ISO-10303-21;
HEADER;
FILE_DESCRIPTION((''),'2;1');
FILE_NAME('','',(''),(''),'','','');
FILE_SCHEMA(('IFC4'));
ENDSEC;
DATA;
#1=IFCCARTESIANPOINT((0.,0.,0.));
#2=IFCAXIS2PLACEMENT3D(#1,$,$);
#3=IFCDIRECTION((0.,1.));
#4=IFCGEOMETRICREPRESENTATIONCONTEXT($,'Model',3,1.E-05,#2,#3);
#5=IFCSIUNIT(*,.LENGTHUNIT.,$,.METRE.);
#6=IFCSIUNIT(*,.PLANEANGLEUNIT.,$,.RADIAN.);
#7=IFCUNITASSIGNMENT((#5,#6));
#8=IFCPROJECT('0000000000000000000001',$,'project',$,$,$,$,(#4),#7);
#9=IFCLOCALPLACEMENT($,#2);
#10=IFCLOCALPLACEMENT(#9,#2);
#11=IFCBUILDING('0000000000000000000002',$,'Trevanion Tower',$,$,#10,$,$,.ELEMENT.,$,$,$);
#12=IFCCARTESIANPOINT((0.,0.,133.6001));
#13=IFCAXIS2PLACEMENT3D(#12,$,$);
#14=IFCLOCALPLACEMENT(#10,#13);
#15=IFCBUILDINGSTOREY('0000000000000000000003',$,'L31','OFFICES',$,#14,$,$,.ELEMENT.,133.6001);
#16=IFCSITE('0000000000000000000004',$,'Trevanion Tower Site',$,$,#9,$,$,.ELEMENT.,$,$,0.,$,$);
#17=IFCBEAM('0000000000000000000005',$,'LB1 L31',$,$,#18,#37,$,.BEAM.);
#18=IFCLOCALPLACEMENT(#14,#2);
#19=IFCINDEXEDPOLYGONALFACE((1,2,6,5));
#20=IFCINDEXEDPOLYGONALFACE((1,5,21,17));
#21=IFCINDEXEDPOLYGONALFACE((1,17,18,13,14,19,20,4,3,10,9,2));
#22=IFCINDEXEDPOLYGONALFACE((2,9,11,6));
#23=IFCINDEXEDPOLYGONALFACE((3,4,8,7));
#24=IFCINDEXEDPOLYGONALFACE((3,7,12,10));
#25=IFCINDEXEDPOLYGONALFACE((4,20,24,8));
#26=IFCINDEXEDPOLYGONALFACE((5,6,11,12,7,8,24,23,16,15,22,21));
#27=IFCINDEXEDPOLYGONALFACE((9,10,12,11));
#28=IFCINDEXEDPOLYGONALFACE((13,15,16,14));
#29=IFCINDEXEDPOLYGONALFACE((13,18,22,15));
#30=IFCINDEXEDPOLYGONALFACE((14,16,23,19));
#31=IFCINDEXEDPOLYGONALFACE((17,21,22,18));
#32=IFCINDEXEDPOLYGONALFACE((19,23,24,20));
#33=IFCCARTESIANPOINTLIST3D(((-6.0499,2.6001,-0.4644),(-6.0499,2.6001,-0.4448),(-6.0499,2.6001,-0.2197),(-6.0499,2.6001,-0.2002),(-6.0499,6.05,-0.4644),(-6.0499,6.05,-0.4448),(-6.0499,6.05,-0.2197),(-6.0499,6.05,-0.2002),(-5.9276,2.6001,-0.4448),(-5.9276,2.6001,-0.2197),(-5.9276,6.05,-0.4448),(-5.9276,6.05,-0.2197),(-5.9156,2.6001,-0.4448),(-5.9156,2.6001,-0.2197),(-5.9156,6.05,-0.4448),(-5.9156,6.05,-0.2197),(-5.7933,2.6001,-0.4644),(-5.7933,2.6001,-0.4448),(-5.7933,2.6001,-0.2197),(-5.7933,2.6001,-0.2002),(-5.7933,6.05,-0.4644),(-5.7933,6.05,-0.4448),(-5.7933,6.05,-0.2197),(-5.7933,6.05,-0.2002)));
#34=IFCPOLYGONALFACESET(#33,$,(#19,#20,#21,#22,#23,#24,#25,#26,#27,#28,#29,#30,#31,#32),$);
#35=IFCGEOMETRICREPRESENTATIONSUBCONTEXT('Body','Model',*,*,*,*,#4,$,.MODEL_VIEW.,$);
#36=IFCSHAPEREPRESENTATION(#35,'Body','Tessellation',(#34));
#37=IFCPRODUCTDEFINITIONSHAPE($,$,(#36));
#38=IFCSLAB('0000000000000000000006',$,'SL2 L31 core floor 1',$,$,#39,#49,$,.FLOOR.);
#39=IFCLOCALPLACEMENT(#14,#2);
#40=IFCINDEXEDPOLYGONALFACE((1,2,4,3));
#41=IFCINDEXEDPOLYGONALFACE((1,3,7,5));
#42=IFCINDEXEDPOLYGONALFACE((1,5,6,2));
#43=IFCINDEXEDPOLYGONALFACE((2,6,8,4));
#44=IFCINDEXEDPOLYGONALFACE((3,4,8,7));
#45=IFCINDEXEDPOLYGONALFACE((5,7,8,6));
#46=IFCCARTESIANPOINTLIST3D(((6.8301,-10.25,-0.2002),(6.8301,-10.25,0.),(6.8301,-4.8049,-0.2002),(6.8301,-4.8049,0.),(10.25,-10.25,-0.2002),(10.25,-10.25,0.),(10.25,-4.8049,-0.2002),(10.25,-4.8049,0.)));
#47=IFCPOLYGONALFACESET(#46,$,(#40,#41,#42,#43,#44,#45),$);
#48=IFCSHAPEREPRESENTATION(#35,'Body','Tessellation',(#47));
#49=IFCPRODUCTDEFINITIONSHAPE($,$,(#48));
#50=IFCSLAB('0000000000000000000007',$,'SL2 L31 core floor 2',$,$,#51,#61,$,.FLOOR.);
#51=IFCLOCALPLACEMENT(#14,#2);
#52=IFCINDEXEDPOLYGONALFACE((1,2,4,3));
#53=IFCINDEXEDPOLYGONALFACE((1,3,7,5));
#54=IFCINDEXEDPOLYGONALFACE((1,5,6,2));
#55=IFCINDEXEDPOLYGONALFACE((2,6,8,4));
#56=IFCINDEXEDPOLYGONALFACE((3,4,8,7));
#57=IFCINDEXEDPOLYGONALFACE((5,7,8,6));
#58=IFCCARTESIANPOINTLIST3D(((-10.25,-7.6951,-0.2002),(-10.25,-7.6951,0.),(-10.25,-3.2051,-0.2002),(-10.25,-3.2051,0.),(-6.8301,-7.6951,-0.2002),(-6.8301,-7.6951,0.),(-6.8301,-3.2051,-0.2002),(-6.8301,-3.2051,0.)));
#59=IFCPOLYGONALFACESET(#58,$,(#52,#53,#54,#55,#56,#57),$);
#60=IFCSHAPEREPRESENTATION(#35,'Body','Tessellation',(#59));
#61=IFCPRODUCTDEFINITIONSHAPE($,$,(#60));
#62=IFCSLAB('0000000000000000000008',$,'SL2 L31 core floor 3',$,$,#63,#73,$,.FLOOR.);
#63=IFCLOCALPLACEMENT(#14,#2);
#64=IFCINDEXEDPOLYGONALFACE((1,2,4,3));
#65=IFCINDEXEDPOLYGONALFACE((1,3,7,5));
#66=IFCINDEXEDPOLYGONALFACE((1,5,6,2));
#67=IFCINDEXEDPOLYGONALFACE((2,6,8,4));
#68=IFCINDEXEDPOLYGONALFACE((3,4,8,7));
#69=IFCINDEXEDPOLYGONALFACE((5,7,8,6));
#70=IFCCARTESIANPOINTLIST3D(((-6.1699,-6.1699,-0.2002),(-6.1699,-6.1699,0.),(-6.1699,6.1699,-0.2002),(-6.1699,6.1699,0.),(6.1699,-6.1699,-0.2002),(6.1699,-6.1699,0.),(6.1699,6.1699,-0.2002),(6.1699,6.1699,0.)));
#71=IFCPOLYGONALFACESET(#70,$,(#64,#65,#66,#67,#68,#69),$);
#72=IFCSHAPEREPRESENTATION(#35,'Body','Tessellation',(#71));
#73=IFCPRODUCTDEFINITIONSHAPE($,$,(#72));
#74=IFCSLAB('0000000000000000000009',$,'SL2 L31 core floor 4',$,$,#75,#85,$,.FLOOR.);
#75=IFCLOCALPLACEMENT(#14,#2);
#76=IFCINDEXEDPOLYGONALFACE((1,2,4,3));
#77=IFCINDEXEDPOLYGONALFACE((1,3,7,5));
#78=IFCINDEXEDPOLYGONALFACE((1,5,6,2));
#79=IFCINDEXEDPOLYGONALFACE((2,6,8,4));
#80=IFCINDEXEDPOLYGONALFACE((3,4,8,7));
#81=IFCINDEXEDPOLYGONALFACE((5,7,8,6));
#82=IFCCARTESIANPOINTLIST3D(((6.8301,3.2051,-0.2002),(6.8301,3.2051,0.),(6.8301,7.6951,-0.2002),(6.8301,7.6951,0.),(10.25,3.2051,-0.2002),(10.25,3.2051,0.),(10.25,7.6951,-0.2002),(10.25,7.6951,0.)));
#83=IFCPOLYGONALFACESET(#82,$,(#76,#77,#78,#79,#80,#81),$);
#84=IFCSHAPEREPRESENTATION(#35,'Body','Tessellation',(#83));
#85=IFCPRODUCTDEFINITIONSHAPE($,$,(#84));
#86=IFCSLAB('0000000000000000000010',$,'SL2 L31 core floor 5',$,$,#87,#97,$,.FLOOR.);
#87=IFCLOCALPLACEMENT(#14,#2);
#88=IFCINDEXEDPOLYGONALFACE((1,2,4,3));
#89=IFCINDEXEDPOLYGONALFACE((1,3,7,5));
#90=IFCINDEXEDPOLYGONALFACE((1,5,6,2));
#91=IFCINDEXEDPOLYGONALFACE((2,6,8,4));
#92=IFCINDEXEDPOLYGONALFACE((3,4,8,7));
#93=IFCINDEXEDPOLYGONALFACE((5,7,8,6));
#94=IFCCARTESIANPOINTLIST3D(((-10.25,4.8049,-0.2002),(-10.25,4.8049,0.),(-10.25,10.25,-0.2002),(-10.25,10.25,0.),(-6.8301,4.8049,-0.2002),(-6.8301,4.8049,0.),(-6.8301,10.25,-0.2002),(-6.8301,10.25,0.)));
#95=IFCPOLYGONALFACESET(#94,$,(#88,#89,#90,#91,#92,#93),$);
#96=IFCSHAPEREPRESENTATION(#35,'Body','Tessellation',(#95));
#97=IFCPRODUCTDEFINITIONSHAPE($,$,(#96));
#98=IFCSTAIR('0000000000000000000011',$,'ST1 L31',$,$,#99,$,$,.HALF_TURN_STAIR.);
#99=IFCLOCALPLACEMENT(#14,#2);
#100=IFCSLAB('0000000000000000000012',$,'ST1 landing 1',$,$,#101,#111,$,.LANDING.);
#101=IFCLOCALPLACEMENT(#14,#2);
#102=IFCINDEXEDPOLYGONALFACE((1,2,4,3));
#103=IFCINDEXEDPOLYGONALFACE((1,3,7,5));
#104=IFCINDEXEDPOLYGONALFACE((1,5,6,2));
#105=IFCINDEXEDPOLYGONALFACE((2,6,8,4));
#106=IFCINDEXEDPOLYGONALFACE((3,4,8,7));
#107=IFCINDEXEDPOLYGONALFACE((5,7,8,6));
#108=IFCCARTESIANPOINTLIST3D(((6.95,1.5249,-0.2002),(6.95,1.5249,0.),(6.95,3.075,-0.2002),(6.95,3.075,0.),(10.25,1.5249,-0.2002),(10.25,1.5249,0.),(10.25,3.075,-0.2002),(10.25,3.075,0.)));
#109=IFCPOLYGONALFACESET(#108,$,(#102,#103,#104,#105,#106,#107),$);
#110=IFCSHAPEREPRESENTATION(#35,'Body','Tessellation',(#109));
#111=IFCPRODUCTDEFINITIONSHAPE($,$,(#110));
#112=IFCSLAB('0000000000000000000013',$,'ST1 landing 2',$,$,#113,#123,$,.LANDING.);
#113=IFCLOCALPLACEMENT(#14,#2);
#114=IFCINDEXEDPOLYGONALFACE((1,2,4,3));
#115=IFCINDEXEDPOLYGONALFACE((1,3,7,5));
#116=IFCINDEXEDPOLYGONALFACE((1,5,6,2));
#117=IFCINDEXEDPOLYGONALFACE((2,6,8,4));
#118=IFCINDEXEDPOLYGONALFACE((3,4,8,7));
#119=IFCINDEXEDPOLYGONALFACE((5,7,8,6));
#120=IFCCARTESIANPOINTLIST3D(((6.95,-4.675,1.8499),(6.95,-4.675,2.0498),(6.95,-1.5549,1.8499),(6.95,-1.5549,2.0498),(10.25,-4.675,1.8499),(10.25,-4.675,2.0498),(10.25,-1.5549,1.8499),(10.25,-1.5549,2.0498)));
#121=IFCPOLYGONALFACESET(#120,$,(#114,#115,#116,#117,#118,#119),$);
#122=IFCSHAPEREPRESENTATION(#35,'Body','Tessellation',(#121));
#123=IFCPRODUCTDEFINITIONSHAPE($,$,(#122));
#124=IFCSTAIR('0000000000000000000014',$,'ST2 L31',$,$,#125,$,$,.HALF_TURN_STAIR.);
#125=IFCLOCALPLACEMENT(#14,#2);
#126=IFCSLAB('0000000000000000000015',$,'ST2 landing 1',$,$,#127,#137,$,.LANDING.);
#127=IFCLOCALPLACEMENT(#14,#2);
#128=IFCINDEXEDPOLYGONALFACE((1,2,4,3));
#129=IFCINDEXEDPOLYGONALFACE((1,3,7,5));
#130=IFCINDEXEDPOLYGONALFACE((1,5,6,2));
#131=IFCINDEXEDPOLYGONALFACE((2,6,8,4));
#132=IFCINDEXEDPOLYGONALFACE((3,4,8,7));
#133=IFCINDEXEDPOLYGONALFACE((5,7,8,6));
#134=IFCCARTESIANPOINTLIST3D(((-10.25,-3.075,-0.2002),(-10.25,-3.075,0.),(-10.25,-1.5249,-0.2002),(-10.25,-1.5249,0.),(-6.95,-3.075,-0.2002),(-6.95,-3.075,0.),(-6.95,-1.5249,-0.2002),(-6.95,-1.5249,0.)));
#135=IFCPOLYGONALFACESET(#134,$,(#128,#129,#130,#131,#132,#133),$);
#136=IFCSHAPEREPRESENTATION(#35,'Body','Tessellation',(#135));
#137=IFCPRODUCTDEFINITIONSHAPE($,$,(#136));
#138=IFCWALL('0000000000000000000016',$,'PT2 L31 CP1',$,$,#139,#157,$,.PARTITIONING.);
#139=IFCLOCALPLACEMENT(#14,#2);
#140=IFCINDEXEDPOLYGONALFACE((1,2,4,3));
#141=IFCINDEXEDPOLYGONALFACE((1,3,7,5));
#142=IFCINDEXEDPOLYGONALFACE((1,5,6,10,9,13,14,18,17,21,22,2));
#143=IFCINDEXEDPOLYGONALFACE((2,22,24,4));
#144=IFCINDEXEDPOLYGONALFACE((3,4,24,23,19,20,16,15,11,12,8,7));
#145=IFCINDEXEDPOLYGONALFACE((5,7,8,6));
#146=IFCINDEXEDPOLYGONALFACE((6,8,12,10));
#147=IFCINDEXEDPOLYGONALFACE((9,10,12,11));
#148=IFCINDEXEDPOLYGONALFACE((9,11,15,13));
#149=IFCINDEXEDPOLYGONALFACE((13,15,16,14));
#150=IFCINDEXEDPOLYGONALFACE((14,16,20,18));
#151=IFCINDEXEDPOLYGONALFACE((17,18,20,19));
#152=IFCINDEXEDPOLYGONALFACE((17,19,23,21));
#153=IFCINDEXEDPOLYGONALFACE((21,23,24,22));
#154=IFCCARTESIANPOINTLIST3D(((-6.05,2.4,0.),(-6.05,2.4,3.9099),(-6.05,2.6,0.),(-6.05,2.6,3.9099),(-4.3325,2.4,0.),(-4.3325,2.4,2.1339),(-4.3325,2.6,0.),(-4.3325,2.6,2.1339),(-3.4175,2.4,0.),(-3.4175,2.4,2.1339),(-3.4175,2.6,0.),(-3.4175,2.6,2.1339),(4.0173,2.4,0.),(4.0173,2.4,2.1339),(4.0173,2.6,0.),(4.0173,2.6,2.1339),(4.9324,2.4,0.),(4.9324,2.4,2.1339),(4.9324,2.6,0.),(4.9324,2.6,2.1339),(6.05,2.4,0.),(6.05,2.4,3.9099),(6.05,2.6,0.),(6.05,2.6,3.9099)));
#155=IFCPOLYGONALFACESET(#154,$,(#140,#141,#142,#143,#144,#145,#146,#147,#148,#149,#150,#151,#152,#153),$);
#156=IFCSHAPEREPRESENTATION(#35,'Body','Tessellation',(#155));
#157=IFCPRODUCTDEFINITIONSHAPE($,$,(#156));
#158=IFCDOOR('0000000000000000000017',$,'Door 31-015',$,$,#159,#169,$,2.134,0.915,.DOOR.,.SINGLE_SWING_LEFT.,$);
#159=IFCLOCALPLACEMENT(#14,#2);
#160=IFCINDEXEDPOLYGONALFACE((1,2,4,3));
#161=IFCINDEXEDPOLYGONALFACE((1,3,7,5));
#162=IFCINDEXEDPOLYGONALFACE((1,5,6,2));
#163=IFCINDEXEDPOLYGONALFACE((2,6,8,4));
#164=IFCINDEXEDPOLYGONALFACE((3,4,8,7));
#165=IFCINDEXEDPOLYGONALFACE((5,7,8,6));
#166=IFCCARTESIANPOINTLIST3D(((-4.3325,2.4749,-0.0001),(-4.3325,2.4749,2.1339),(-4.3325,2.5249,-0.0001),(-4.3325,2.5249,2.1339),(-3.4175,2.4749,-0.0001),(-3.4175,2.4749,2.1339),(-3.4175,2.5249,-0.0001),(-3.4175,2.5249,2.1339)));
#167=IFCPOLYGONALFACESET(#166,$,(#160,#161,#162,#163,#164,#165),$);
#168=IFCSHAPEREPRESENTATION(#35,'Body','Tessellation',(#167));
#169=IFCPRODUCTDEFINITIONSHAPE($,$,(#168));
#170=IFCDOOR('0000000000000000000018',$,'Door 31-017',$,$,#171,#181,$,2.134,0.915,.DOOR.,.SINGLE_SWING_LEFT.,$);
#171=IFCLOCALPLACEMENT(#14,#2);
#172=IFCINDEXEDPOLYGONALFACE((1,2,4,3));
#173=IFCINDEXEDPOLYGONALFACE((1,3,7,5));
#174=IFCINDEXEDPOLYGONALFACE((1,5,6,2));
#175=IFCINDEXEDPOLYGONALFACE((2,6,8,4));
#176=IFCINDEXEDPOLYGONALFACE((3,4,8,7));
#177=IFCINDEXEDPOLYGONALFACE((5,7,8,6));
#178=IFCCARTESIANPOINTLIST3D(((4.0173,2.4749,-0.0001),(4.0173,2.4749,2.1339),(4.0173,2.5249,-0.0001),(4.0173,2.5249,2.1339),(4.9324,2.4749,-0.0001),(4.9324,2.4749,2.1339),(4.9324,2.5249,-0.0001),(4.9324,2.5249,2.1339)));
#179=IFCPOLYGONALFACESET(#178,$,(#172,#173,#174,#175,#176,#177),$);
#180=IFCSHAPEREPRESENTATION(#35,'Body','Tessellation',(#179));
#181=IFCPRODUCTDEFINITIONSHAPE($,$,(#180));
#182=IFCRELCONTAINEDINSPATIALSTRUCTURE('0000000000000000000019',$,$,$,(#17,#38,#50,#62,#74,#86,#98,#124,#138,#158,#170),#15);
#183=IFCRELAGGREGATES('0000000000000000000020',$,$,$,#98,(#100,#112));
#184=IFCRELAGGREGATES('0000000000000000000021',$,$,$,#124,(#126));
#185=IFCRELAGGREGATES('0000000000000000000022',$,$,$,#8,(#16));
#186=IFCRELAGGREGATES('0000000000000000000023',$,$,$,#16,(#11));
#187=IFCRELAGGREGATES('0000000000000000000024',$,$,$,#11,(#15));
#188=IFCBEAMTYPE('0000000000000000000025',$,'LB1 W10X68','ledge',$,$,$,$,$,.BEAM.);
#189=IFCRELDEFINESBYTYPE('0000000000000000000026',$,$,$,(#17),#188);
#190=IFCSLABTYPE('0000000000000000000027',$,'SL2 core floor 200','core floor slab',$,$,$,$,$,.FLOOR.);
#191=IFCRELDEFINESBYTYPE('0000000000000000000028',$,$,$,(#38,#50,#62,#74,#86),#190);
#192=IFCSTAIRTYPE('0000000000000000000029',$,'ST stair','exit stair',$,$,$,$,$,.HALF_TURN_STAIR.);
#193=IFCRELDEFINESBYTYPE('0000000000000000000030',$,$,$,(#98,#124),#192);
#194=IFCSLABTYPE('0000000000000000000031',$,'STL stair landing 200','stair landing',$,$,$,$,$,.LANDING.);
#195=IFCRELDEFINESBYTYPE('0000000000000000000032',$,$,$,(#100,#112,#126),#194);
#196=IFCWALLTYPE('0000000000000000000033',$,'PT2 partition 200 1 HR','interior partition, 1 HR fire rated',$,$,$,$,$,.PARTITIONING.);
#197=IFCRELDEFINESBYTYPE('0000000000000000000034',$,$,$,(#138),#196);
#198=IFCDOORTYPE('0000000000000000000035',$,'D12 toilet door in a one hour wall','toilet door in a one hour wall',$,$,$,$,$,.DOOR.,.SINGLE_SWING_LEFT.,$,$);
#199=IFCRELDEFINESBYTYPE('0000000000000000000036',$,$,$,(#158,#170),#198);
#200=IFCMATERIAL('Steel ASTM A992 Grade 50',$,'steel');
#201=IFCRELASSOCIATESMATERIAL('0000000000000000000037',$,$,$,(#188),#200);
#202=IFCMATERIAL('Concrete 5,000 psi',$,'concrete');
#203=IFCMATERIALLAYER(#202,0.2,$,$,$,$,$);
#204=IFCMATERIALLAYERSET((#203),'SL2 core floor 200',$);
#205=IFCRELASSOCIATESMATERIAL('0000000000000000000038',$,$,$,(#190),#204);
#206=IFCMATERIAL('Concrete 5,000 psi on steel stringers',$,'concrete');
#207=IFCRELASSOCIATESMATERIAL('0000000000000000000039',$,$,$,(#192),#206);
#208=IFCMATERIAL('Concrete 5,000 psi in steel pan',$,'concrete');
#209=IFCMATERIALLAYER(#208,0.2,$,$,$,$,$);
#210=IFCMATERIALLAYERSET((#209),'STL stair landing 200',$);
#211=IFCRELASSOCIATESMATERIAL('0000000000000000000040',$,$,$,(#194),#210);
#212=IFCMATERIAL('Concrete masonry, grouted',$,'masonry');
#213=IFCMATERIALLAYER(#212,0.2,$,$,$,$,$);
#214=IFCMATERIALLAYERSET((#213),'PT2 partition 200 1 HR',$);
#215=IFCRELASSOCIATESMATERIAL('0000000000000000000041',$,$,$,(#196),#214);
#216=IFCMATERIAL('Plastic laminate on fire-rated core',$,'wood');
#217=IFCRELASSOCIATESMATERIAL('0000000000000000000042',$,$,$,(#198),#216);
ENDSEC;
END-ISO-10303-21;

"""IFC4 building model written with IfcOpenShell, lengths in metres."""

from ifc_helpers import new_model, si_unit, direction, frame, frame_2d, origin, origin_2d, place, context, subcontext, project, spatial, polyline, rectangle, i_section, outline, extrude, material, layer, layer_set, material_profile, profile_set, type_object, element, fill, aggregate, save


model = new_model("IFC4")

# Units and contexts
model_context = context("Model", 3, precision=1e-05, world=origin(), true_north=direction((0.0, 1.0)))
body_context = subcontext(model_context, "Body", "Model", "MODEL_VIEW")
ifc_project = project(units=[si_unit("LENGTHUNIT", "METRE"), si_unit("PLANEANGLEUNIT", "RADIAN")], contexts=[model_context])

# Site, building, storey
site_placement = place(None, origin())
site = spatial("IfcSite", under=ifc_project, at=site_placement, Name="Trevanion Tower Site", CompositionType="ELEMENT", RefElevation=0.0)
building_placement = place(site_placement, origin())
building = spatial("IfcBuilding", under=site, at=building_placement, Name="Trevanion Tower", CompositionType="ELEMENT")
storey_placement = place(building_placement, frame((0.0, 0.0, 133.6001)))
storey = spatial("IfcBuildingStorey", under=building, at=storey_placement, Name="L31", Description="OFFICES", CompositionType="ELEMENT", Elevation=133.6001)

# Beam
ifc_material_1 = material(Name="Steel ASTM A992 Grade 50", Category="steel")
ifc_material_profile = material_profile(ifc_material_1, i_section(OverallWidth=0.2566, OverallDepth=0.2642, WebThickness=0.012, FlangeThickness=0.0195, at=origin_2d()), Name="W10X68")
ifc_profile_set = profile_set([ifc_material_profile], Name="Steel ASTM A992 Grade 50")
beam_type = type_object("IfcBeamType", Name="LB1 W10X68", Description="ledge", PredefinedType="BEAM", material=ifc_profile_set)
beam_placement = place(storey_placement, frame((-5.9216, 2.6001, -0.3323), z_axis=(0.0, 1.0, 0.0), x_axis=(-1.0, 0.0, 0.0)))
element("IfcBeam", 1, at=beam_placement, inside=storey, type_object=beam_type, Name="LB1 L31", PredefinedType="BEAM", context=body_context, shape_type="SweptSolid", body=[
    extrude(i_section(OverallWidth=0.2566, OverallDepth=0.2642, WebThickness=0.012, FlangeThickness=0.0195, at=origin_2d()), origin(), (0.0, 0.0, 1.0), 3.45),
])

# Slabs
ifc_material_2 = material(Name="Concrete 5,000 psi", Category="concrete")
ifc_layer_1 = layer(ifc_material_2, 0.2)
ifc_layer_set_1 = layer_set([ifc_layer_1], Name="SL2 core floor 200")
slab_type_1 = type_object("IfcSlabType", Name="SL2 core floor 200", Description="core floor slab", PredefinedType="FLOOR", material=ifc_layer_set_1)
slab_1_placement = place(storey_placement, frame((0.0, 0.0, -0.2002)))
element("IfcSlab", 2, at=slab_1_placement, inside=storey, type_object=slab_type_1, Name="SL2 L31 core floor 1", PredefinedType="FLOOR", context=body_context, shape_type="SweptSolid", body=[
    extrude(outline(polyline([(10.25, -4.8049), (10.25, -10.25), (6.8301, -10.25), (6.8301, -4.8049), (10.25, -4.8049)])), origin(), (0.0, 0.0, 1.0), 0.2002),
])
slab_2_placement = place(storey_placement, frame((0.0, 0.0, -0.2002)))
element("IfcSlab", 3, at=slab_2_placement, inside=storey, type_object=slab_type_1, Name="SL2 L31 core floor 2", PredefinedType="FLOOR", context=body_context, shape_type="SweptSolid", body=[
    extrude(outline(polyline([(-6.8301, -3.2051), (-6.8301, -7.6951), (-10.25, -7.6951), (-10.25, -3.2051), (-6.8301, -3.2051)])), origin(), (0.0, 0.0, 1.0), 0.2002),
])
slab_3_placement = place(storey_placement, frame((0.0, 0.0, -0.2002)))
element("IfcSlab", 4, at=slab_3_placement, inside=storey, type_object=slab_type_1, Name="SL2 L31 core floor 3", PredefinedType="FLOOR", context=body_context, shape_type="SweptSolid", body=[
    extrude(outline(polyline([(6.1699, -6.1699), (-6.1699, -6.1699), (-6.1699, 6.1699), (6.1699, 6.1699), (6.1699, -6.1699)])), origin(), (0.0, 0.0, 1.0), 0.2002),
])
slab_4_placement = place(storey_placement, frame((0.0, 0.0, -0.2002)))
element("IfcSlab", 5, at=slab_4_placement, inside=storey, type_object=slab_type_1, Name="SL2 L31 core floor 4", PredefinedType="FLOOR", context=body_context, shape_type="SweptSolid", body=[
    extrude(outline(polyline([(6.8301, 3.2051), (6.8301, 7.6951), (10.25, 7.6951), (10.25, 3.2051), (6.8301, 3.2051)])), origin(), (0.0, 0.0, 1.0), 0.2002),
])
slab_5_placement = place(storey_placement, frame((0.0, 0.0, -0.2002)))
element("IfcSlab", 6, at=slab_5_placement, inside=storey, type_object=slab_type_1, Name="SL2 L31 core floor 5", PredefinedType="FLOOR", context=body_context, shape_type="SweptSolid", body=[
    extrude(outline(polyline([(-6.8301, 4.8049), (-10.25, 4.8049), (-10.25, 10.25), (-6.8301, 10.25), (-6.8301, 4.8049)])), origin(), (0.0, 0.0, 1.0), 0.2002),
])

# Stair, slabs
ifc_material_3 = material(Name="Concrete 5,000 psi on steel stringers", Category="concrete")
stair_type = type_object("IfcStairType", Name="ST stair", Description="exit stair", PredefinedType="HALF_TURN_STAIR", material=ifc_material_3)
stair_1_placement = place(storey_placement, origin())
stair_1 = element("IfcStair", 7, at=stair_1_placement, inside=storey, type_object=stair_type, Name="ST1 L31", PredefinedType="HALF_TURN_STAIR")
ifc_material_4 = material(Name="Concrete 5,000 psi in steel pan", Category="concrete")
ifc_layer_2 = layer(ifc_material_4, 0.2)
ifc_layer_set_2 = layer_set([ifc_layer_2], Name="STL stair landing 200")
slab_type_2 = type_object("IfcSlabType", Name="STL stair landing 200", Description="stair landing", PredefinedType="LANDING", material=ifc_layer_set_2)
slab_6_placement = place(storey_placement, frame((0.0, 0.0, -0.2002)))
slab_6 = element("IfcSlab", 8, at=slab_6_placement, type_object=slab_type_2, Name="ST1 landing 1", PredefinedType="LANDING", context=body_context, shape_type="SweptSolid", body=[
    extrude(outline(polyline([(6.95, 1.5249), (10.25, 1.5249), (10.25, 3.075), (6.95, 3.075), (6.95, 1.5249)])), origin(), (0.0, 0.0, 1.0), 0.2002),
])
slab_7_placement = place(storey_placement, frame((0.0, 0.0, 1.8499)))
slab_7 = element("IfcSlab", 9, at=slab_7_placement, type_object=slab_type_2, Name="ST1 landing 2", PredefinedType="LANDING", context=body_context, shape_type="SweptSolid", body=[
    extrude(outline(polyline([(6.95, -4.675), (10.25, -4.675), (10.25, -1.5549), (6.95, -1.5549), (6.95, -4.675)])), origin(), (0.0, 0.0, 1.0), 0.2),
])
aggregate(stair_1, [slab_6, slab_7])

# Stair, slab
stair_2_placement = place(storey_placement, origin())
stair_2 = element("IfcStair", 10, at=stair_2_placement, inside=storey, type_object=stair_type, Name="ST2 L31", PredefinedType="HALF_TURN_STAIR")
slab_8_placement = place(storey_placement, frame((0.0, 0.0, -0.2002)))
slab_8 = element("IfcSlab", 11, at=slab_8_placement, type_object=slab_type_2, Name="ST2 landing 1", PredefinedType="LANDING", context=body_context, shape_type="SweptSolid", body=[
    extrude(outline(polyline([(-6.95, -1.5249), (-10.25, -1.5249), (-10.25, -3.075), (-6.95, -3.075), (-6.95, -1.5249)])), origin(), (0.0, 0.0, 1.0), 0.2002),
])

# Wall, openings, doors
ifc_material_5 = material(Name="Concrete masonry, grouted", Category="masonry")
ifc_layer_3 = layer(ifc_material_5, 0.2)
ifc_layer_set_3 = layer_set([ifc_layer_3], Name="PT2 partition 200 1 HR")
wall_type = type_object("IfcWallType", Name="PT2 partition 200 1 HR", Description="interior partition, 1 HR fire rated", PredefinedType="PARTITIONING", material=ifc_layer_set_3)
wall_placement = place(storey_placement, frame((-6.05, 2.5, 0.0), z_axis=(0.0, 0.0, 1.0), x_axis=(1.0, 0.0, 0.0)))
wall = element("IfcWall", 12, at=wall_placement, inside=storey, type_object=wall_type, Name="PT2 L31 CP1", PredefinedType="PARTITIONING", context=body_context, shape_type="SweptSolid", body=[
    extrude(rectangle(XDim=12.1001, YDim=0.2, at=frame_2d((6.05, 0.0))), origin(), (0.0, 0.0, 1.0), 3.9099),
])
opening_1_placement = place(wall_placement, frame((1.7175, 0.0, 0.0)))
opening_1 = element("IfcOpeningElement", 13, at=opening_1_placement, cuts=wall, PredefinedType="OPENING", context=body_context, shape_type="SweptSolid", body=[
    extrude(rectangle(XDim=0.915, YDim=2.134, at=frame_2d((0.4575, 1.0669))), frame((0.0, 0.1099, 0.0), z_axis=(0.0, -1.0, 0.0), x_axis=(1.0, 0.0, 0.0)), (0.0, 0.0, 1.0), 0.22),
])
opening_2_placement = place(wall_placement, frame((10.0674, 0.0, 0.0)))
opening_2 = element("IfcOpeningElement", 14, at=opening_2_placement, cuts=wall, PredefinedType="OPENING", context=body_context, shape_type="SweptSolid", body=[
    extrude(rectangle(XDim=0.915, YDim=2.134, at=frame_2d((0.4575, 1.0669))), frame((0.0, 0.1099, 0.0), z_axis=(0.0, -1.0, 0.0), x_axis=(1.0, 0.0, 0.0)), (0.0, 0.0, 1.0), 0.22),
])
ifc_material_6 = material(Name="Plastic laminate on fire-rated core", Category="wood")
door_type = type_object("IfcDoorType", Name="D12 toilet door in a one hour wall", Description="toilet door in a one hour wall", OperationType="SINGLE_SWING_LEFT", PredefinedType="DOOR", material=ifc_material_6)
door_1_placement = place(opening_1_placement, origin())
door_1 = element("IfcDoor", 15, at=door_1_placement, inside=storey, type_object=door_type, Name="Door 31-015", OperationType="SINGLE_SWING_LEFT", OverallHeight=2.134, OverallWidth=0.915, PredefinedType="DOOR", context=body_context, shape_type="SweptSolid", body=[
    extrude(rectangle(XDim=0.915, YDim=2.134, at=frame_2d((0.4575, 1.0669))), frame((0.0, 0.0249, 0.0), z_axis=(0.0, -1.0, 0.0), x_axis=(1.0, 0.0, 0.0)), (0.0, 0.0, 1.0), 0.05),
])
fill(opening_1, door_1)
door_2_placement = place(opening_2_placement, origin())
door_2 = element("IfcDoor", 16, at=door_2_placement, inside=storey, type_object=door_type, Name="Door 31-017", OperationType="SINGLE_SWING_LEFT", OverallHeight=2.134, OverallWidth=0.915, PredefinedType="DOOR", context=body_context, shape_type="SweptSolid", body=[
    extrude(rectangle(XDim=0.915, YDim=2.134, at=frame_2d((0.4575, 1.0669))), frame((0.0, 0.0249, 0.0), z_axis=(0.0, -1.0, 0.0), x_axis=(1.0, 0.0, 0.0)), (0.0, 0.0, 1.0), 0.05),
])
fill(opening_2, door_2)

aggregate(stair_2, [slab_8])

save(model, "model.ifc")
